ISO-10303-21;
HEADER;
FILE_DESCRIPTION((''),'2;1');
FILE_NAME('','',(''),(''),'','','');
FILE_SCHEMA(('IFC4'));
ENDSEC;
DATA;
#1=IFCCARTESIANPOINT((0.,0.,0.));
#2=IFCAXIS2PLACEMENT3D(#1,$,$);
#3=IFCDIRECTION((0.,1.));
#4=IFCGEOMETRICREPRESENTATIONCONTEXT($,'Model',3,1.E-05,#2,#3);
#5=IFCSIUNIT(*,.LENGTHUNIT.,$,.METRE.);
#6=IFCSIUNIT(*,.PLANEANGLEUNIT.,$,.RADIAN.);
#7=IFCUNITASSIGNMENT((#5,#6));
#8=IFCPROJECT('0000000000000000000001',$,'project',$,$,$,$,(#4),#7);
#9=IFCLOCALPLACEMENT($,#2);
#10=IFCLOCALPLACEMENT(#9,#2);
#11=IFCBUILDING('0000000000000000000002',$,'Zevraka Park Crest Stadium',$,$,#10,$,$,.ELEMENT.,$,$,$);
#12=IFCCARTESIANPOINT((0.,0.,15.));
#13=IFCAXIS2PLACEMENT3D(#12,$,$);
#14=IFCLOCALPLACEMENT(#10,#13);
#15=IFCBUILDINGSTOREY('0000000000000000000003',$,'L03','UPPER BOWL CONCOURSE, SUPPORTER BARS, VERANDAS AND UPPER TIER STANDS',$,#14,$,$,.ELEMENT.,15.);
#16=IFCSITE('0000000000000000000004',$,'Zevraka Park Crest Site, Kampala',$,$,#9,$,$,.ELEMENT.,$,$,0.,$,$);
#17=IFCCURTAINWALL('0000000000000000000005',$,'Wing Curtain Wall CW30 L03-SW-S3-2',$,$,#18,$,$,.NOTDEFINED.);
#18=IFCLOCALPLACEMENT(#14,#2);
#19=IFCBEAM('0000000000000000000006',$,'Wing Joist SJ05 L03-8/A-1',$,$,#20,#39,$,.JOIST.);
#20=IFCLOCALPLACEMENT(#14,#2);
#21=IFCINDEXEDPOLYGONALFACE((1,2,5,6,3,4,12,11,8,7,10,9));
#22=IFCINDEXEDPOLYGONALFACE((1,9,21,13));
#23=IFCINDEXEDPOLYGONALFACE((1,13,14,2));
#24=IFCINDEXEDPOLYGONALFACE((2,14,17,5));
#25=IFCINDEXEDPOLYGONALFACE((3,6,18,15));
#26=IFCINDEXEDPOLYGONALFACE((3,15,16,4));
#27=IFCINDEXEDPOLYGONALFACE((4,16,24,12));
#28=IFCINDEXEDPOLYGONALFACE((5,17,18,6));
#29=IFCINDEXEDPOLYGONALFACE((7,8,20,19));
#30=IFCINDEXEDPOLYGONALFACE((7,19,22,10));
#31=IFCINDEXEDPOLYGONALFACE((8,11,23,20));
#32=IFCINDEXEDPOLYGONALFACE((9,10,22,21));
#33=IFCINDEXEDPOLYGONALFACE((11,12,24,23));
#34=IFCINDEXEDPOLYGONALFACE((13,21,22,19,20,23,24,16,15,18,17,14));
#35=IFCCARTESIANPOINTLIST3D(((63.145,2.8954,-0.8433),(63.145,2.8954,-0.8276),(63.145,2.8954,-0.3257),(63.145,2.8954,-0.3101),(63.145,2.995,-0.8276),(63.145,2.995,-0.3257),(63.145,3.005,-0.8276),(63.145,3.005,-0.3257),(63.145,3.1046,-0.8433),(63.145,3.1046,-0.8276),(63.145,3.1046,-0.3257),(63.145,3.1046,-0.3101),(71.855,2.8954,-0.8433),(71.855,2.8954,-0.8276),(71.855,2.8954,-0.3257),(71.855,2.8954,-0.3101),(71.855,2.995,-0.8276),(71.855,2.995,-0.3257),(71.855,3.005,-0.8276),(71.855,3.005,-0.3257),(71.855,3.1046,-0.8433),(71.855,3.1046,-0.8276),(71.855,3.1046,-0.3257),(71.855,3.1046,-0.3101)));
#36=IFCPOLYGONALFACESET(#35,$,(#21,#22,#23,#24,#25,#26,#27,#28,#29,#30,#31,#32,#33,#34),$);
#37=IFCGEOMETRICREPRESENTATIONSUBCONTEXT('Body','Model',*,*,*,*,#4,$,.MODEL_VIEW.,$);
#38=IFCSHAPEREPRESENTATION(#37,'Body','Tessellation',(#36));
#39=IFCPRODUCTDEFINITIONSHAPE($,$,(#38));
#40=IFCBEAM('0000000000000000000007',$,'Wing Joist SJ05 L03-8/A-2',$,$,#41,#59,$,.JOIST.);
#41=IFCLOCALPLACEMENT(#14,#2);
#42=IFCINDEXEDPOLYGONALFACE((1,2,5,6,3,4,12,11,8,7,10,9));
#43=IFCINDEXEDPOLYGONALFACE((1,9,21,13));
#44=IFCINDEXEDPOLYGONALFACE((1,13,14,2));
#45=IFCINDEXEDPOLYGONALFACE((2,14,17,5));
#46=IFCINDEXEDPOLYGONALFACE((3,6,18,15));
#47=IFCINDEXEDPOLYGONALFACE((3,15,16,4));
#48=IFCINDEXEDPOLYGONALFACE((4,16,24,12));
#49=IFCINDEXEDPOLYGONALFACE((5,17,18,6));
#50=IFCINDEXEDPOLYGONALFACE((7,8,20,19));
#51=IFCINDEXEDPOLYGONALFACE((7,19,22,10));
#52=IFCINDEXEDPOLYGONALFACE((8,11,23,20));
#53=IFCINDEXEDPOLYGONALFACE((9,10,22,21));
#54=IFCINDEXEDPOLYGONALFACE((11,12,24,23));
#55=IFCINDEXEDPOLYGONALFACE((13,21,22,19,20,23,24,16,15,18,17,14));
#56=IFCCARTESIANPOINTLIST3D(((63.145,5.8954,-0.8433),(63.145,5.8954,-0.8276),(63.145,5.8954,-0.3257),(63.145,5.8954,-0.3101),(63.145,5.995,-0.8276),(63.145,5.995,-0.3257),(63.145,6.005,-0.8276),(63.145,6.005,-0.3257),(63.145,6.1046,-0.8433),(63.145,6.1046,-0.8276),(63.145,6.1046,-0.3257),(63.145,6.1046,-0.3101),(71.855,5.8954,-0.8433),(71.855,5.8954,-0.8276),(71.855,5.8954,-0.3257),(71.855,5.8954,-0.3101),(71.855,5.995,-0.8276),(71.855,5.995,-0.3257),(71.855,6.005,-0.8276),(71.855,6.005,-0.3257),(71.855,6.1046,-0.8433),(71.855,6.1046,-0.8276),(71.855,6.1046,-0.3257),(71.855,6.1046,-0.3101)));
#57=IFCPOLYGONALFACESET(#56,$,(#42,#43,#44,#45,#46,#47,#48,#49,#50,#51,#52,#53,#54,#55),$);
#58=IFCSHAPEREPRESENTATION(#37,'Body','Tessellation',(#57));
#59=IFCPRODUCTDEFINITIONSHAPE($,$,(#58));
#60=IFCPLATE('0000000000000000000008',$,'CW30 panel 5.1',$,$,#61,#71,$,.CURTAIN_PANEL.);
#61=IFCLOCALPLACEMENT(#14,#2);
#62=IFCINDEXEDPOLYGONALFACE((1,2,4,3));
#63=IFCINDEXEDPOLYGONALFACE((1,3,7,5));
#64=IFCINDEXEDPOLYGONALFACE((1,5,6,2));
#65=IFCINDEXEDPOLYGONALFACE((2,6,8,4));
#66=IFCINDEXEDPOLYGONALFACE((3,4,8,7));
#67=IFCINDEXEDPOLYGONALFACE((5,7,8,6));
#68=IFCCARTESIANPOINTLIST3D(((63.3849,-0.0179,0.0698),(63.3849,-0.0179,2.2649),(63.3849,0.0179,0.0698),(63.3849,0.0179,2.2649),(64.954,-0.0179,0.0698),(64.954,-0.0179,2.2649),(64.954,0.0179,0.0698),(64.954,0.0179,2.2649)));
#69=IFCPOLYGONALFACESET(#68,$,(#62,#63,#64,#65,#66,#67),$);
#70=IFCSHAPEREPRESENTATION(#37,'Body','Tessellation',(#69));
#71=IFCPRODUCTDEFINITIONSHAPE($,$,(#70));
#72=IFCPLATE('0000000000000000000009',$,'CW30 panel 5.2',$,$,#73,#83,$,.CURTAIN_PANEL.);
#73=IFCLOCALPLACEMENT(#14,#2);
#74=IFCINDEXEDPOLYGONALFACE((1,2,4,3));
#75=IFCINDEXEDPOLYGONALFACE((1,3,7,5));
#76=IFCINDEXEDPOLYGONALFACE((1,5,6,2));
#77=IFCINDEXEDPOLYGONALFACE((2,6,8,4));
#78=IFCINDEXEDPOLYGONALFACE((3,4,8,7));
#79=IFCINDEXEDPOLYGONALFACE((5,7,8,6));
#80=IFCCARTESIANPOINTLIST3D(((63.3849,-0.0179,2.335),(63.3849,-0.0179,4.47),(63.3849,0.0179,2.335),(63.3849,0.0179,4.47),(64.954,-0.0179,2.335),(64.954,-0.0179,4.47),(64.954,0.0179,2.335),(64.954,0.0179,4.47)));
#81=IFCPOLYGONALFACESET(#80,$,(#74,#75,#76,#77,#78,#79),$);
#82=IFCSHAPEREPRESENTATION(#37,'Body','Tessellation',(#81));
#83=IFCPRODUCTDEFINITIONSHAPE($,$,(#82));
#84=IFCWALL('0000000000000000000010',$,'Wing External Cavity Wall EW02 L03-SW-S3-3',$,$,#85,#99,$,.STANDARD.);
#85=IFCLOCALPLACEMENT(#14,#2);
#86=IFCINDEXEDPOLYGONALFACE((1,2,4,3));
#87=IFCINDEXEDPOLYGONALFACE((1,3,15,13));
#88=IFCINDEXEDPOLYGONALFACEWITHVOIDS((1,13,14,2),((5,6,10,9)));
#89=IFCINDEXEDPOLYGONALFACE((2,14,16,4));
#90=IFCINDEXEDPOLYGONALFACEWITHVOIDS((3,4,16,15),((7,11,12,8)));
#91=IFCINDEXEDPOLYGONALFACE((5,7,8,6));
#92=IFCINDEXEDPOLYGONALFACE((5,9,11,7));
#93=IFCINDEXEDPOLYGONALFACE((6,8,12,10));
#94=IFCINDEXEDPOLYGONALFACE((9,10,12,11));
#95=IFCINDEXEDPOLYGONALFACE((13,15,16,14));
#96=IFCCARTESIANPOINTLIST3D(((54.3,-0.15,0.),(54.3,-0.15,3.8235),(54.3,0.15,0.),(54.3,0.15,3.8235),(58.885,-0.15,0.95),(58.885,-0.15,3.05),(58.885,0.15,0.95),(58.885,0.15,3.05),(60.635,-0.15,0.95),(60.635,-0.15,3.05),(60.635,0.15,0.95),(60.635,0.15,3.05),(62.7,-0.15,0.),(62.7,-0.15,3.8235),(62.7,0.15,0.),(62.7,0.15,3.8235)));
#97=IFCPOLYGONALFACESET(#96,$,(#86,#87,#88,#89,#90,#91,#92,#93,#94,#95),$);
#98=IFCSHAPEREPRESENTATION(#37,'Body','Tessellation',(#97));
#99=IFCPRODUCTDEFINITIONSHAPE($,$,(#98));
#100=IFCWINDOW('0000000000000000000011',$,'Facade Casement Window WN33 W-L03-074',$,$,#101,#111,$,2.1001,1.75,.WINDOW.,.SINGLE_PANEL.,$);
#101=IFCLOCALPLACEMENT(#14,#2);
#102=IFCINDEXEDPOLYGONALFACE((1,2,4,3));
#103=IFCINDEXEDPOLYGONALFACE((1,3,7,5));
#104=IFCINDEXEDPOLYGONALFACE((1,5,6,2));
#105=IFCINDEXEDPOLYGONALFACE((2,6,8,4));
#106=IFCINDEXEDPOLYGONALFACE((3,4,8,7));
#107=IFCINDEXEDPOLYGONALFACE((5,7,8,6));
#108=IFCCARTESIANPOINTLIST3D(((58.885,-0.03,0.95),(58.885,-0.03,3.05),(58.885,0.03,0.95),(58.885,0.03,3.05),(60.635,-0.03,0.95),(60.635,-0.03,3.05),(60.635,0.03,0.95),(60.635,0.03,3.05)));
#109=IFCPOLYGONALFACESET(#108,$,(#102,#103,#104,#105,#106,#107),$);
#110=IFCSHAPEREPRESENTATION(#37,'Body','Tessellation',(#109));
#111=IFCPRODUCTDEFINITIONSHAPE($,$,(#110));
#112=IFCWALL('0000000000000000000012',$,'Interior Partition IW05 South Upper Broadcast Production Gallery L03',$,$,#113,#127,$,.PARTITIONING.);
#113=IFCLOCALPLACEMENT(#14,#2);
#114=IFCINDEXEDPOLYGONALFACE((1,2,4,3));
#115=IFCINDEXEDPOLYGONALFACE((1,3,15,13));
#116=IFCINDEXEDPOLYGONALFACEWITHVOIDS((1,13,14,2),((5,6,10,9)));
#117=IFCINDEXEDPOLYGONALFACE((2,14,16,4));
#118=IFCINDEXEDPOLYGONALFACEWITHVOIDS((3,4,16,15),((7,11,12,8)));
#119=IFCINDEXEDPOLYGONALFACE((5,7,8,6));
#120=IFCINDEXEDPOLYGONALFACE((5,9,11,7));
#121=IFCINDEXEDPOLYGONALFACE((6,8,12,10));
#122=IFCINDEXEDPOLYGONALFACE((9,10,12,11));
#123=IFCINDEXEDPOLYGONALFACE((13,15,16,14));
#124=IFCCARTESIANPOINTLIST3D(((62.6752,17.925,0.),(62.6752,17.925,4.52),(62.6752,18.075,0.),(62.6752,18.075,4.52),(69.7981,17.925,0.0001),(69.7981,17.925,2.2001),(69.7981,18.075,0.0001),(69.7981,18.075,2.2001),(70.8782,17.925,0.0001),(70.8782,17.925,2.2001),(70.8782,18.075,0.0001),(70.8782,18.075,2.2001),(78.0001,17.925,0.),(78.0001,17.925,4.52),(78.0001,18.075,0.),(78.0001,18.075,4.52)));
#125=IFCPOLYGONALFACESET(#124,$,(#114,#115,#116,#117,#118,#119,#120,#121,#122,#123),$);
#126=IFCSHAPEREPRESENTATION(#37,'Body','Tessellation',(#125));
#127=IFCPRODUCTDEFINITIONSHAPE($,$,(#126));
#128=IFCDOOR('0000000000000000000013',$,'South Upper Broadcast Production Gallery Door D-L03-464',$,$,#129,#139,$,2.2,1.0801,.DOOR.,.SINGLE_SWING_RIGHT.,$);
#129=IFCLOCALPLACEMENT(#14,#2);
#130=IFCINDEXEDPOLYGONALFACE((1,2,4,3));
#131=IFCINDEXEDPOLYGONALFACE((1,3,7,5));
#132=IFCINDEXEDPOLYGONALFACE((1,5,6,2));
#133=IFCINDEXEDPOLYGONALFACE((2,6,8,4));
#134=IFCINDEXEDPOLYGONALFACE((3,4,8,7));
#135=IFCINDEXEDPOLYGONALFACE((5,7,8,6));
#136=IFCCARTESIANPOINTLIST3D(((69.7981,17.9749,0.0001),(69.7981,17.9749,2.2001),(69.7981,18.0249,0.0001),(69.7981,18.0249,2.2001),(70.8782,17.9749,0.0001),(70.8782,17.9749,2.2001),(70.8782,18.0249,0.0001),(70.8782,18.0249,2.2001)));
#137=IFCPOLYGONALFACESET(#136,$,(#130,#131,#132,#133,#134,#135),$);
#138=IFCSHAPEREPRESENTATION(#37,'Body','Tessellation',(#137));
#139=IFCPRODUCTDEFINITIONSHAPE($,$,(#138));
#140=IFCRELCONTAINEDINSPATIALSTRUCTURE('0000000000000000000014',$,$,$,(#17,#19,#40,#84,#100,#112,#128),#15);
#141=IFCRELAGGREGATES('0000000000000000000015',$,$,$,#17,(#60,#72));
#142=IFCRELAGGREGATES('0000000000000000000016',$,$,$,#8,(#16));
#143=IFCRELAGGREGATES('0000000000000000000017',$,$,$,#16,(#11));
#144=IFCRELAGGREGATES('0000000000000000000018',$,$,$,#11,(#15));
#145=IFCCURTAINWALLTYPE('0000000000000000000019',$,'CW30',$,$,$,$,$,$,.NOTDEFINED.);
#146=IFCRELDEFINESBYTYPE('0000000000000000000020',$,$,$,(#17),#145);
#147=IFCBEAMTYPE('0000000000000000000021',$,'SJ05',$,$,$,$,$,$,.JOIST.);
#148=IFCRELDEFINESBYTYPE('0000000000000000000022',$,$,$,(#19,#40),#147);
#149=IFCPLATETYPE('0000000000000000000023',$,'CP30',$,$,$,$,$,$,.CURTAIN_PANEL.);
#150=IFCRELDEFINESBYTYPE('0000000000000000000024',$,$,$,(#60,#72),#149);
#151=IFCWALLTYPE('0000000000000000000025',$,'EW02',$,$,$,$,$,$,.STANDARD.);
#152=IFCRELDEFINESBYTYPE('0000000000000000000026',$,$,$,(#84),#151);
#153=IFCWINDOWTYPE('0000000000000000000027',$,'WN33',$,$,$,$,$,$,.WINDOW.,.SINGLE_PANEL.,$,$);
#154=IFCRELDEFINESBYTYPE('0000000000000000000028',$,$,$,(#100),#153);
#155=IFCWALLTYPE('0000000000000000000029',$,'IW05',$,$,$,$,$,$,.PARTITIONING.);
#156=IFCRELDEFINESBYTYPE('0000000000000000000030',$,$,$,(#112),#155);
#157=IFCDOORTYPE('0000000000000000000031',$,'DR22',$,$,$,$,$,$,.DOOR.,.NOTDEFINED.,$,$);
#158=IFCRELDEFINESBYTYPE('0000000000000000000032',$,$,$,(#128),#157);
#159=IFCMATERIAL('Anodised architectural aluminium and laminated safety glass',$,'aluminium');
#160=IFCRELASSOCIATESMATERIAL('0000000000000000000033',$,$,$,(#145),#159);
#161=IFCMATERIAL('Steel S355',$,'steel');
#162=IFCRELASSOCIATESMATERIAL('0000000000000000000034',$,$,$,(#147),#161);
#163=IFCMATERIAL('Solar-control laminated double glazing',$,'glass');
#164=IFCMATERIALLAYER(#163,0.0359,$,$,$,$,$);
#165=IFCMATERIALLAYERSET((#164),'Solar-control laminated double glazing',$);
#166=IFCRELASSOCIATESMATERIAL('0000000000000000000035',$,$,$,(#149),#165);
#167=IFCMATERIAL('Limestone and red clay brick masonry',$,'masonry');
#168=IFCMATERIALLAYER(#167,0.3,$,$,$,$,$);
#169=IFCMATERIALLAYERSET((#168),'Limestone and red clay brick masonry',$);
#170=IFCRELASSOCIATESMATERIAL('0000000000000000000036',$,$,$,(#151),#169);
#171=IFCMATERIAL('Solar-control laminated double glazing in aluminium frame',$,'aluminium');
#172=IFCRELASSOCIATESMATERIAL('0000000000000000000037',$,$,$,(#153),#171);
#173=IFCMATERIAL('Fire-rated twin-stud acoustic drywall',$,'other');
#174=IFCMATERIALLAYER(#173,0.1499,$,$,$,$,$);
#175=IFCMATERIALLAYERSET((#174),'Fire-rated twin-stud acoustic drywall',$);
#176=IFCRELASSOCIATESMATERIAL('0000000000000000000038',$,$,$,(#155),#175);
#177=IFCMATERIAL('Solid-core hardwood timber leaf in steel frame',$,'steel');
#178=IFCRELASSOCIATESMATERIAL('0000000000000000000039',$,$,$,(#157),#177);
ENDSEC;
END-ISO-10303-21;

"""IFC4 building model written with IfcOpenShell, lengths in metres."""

from ifc_helpers import new_model, si_unit, direction, frame, frame_2d, origin, origin_2d, place, context, subcontext, project, spatial, rectangle, i_section, extrude, material, layer, layer_set, material_profile, profile_set, type_object, element, fill, aggregate, save


model = new_model("IFC4")

# Units and contexts
model_context = context("Model", 3, precision=1e-05, world=origin(), true_north=direction((0.0, 1.0)))
body_context = subcontext(model_context, "Body", "Model", "MODEL_VIEW")
ifc_project = project(units=[si_unit("LENGTHUNIT", "METRE"), si_unit("PLANEANGLEUNIT", "RADIAN")], contexts=[model_context])

# Site, building, storey
site_placement = place(None, origin())
site = spatial("IfcSite", under=ifc_project, at=site_placement, Name="Zevraka Park Crest Site, Kampala", CompositionType="ELEMENT", RefElevation=0.0)
building_placement = place(site_placement, origin())
building = spatial("IfcBuilding", under=site, at=building_placement, Name="Zevraka Park Crest Stadium", CompositionType="ELEMENT")
storey_placement = place(building_placement, frame((0.0, 0.0, 15.0)))
storey = spatial("IfcBuildingStorey", under=building, at=storey_placement, Name="L03", Description="UPPER BOWL CONCOURSE, SUPPORTER BARS, VERANDAS AND UPPER TIER STANDS", CompositionType="ELEMENT", Elevation=15.0)

# Curtain wall
ifc_material_1 = material(Name="Anodised architectural aluminium and laminated safety glass", Category="aluminium")
curtain_wall_type_1 = type_object("IfcCurtainWallType", Name="CW30", PredefinedType="NOTDEFINED", material=ifc_material_1)
curtain_wall_1_placement = place(storey_placement, origin())
curtain_wall_1 = element("IfcCurtainWall", 1, at=curtain_wall_1_placement, inside=storey, type_object=curtain_wall_type_1, Name="Wing Curtain Wall CW30 L03-SW-S3-2", PredefinedType="NOTDEFINED")

# Beams
ifc_material_2 = material(Name="Steel S355", Category="steel")
ifc_material_profile_1 = material_profile(ifc_material_2, i_section(OverallWidth=0.2092, OverallDepth=0.5332, WebThickness=0.01, FlangeThickness=0.0156, at=origin_2d()), Name="UKB 533x210x92")
ifc_profile_set_1 = profile_set([ifc_material_profile_1], Name="Steel S355")
beam_type_1 = type_object("IfcBeamType", Name="SJ05", PredefinedType="JOIST", material=ifc_profile_set_1)
for number, where, z_axis, x_axis, name in (
    (2, (63.145, 3.0, -0.5767), (1.0, 0.0, 0.0), (0.0, 1.0, 0.0), "Wing Joist SJ05 L03-8/A-1"),
    (3, (63.145, 6.0, -0.5767), (1.0, 0.0, 0.0), (0.0, 1.0, 0.0), "Wing Joist SJ05 L03-8/A-2"),
):
    element("IfcBeam", number, at=place(storey_placement, frame(where, z_axis=z_axis, x_axis=x_axis)), inside=storey, type_object=beam_type_1, Name=name, PredefinedType="JOIST", context=body_context, shape_type="SweptSolid", body=[
        extrude(i_section(OverallWidth=0.2092, OverallDepth=0.5332, WebThickness=0.01, FlangeThickness=0.0156, at=origin_2d()), origin(), (0.0, 0.0, 1.0), 8.71),
    ])

# Plates
ifc_material_3 = material(Name="Solar-control laminated double glazing", Category="glass")
ifc_layer_1 = layer(ifc_material_3, 0.0359)
ifc_layer_set_1 = layer_set([ifc_layer_1], Name="Solar-control laminated double glazing")
plate_type = type_object("IfcPlateType", Name="CP30", PredefinedType="CURTAIN_PANEL", material=ifc_layer_set_1)
plate_1_placement = place(storey_placement, frame((64.1694, 0.0, 0.0698), z_axis=(0.0, 0.0, 1.0), x_axis=(-1.0, 0.0, 0.0)))
plate_1 = element("IfcPlate", 4, at=plate_1_placement, type_object=plate_type, Name="CW30 panel 5.1", PredefinedType="CURTAIN_PANEL", context=body_context, shape_type="SweptSolid", body=[
    extrude(rectangle(XDim=1.5691, YDim=0.0359, at=origin_2d()), origin(), (0.0, 0.0, 1.0), 2.1951),
])
plate_2_placement = place(storey_placement, frame((64.1694, 0.0, 2.335), z_axis=(0.0, 0.0, 1.0), x_axis=(-1.0, 0.0, 0.0)))
plate_2 = element("IfcPlate", 5, at=plate_2_placement, type_object=plate_type, Name="CW30 panel 5.2", PredefinedType="CURTAIN_PANEL", context=body_context, shape_type="SweptSolid", body=[
    extrude(rectangle(XDim=1.5691, YDim=0.0359, at=origin_2d()), origin(), (0.0, 0.0, 1.0), 2.135),
])
aggregate(curtain_wall_1, [plate_1, plate_2])

# Wall, opening, window
ifc_material_4 = material(Name="Limestone and red clay brick masonry", Category="masonry")
ifc_layer_2 = layer(ifc_material_4, 0.3)
ifc_layer_set_2 = layer_set([ifc_layer_2], Name="Limestone and red clay brick masonry")
wall_type_1 = type_object("IfcWallType", Name="EW02", PredefinedType="STANDARD", material=ifc_layer_set_2)
wall_1_placement = place(storey_placement, frame((62.7, 0.0, 0.0), z_axis=(0.0, 0.0, 1.0), x_axis=(-1.0, 0.0, 0.0)))
wall_1 = element("IfcWall", 6, at=wall_1_placement, inside=storey, type_object=wall_type_1, Name="Wing External Cavity Wall EW02 L03-SW-S3-3", PredefinedType="STANDARD", context=body_context, shape_type="SweptSolid", body=[
    extrude(rectangle(XDim=8.3999, YDim=0.3, at=frame_2d((4.2, 0.0))), origin(), (0.0, 0.0, 1.0), 3.8235),
])
opening_1_placement = place(wall_1_placement, frame((2.0649, 0.0, 0.95)))
opening_1 = element("IfcOpeningElement", 7, at=opening_1_placement, cuts=wall_1, PredefinedType="OPENING", context=body_context, shape_type="SweptSolid", body=[
    extrude(rectangle(XDim=1.75, YDim=2.1001, at=frame_2d((0.875, 1.05))), frame((0.0, 0.1599, 0.0), z_axis=(0.0, -1.0, 0.0), x_axis=(1.0, 0.0, 0.0)), (0.0, 0.0, 1.0), 0.3201),
])
ifc_material_5 = material(Name="Solar-control laminated double glazing in aluminium frame", Category="aluminium")
window_type = type_object("IfcWindowType", Name="WN33", PartitioningType="SINGLE_PANEL", PredefinedType="WINDOW", material=ifc_material_5)
window_placement = place(opening_1_placement, origin())
window = element("IfcWindow", 8, at=window_placement, inside=storey, type_object=window_type, Name="Facade Casement Window WN33 W-L03-074", OverallHeight=2.1001, OverallWidth=1.75, PartitioningType="SINGLE_PANEL", PredefinedType="WINDOW", context=body_context, shape_type="SweptSolid", body=[
    extrude(rectangle(XDim=1.75, YDim=2.1001, at=frame_2d((0.875, 1.05))), frame((0.0, 0.03, 0.0), z_axis=(0.0, -1.0, 0.0), x_axis=(1.0, 0.0, 0.0)), (0.0, 0.0, 1.0), 0.0601),
])
fill(opening_1, window)

# Wall, opening, door
ifc_material_6 = material(Name="Fire-rated twin-stud acoustic drywall", Category="other")
ifc_layer_3 = layer(ifc_material_6, 0.1499)
ifc_layer_set_3 = layer_set([ifc_layer_3], Name="Fire-rated twin-stud acoustic drywall")
wall_type_2 = type_object("IfcWallType", Name="IW05", PredefinedType="PARTITIONING", material=ifc_layer_set_3)
wall_2_placement = place(storey_placement, frame((62.675, 18.0, 0.0), z_axis=(0.0, 0.0, 1.0), x_axis=(1.0, 0.0, 0.0)))
wall_2 = element("IfcWall", 9, at=wall_2_placement, inside=storey, type_object=wall_type_2, Name="Interior Partition IW05 South Upper Broadcast Production Gallery L03", PredefinedType="PARTITIONING", context=body_context, shape_type="SweptSolid", body=[
    extrude(rectangle(XDim=15.325, YDim=0.1499, at=frame_2d((7.6626, 0.0))), origin(), (0.0, 0.0, 1.0), 4.52),
])
opening_2_placement = place(wall_2_placement, frame((7.123, 0.0, 0.0)))
opening_2 = element("IfcOpeningElement", 10, at=opening_2_placement, cuts=wall_2, PredefinedType="OPENING", context=body_context, shape_type="SweptSolid", body=[
    extrude(rectangle(XDim=1.0801, YDim=2.2, at=frame_2d((0.54, 1.1001))), frame((0.0, 0.085, 0.0), z_axis=(0.0, -1.0, 0.0), x_axis=(1.0, 0.0, 0.0)), (0.0, 0.0, 1.0), 0.1699),
])
ifc_material_7 = material(Name="Solid-core hardwood timber leaf in steel frame", Category="steel")
door_type = type_object("IfcDoorType", Name="DR22", OperationType="NOTDEFINED", PredefinedType="DOOR", material=ifc_material_7)
door_placement = place(opening_2_placement, origin())
door = element("IfcDoor", 11, at=door_placement, inside=storey, type_object=door_type, Name="South Upper Broadcast Production Gallery Door D-L03-464", OperationType="SINGLE_SWING_RIGHT", OverallHeight=2.2, OverallWidth=1.0801, PredefinedType="DOOR", context=body_context, shape_type="SweptSolid", body=[
    extrude(rectangle(XDim=1.0801, YDim=2.2, at=frame_2d((0.54, 1.1001))), frame((0.0, 0.0249, 0.0), z_axis=(0.0, -1.0, 0.0), x_axis=(1.0, 0.0, 0.0)), (0.0, 0.0, 1.0), 0.05),
])
fill(opening_2, door)

save(model, "model.ifc")
